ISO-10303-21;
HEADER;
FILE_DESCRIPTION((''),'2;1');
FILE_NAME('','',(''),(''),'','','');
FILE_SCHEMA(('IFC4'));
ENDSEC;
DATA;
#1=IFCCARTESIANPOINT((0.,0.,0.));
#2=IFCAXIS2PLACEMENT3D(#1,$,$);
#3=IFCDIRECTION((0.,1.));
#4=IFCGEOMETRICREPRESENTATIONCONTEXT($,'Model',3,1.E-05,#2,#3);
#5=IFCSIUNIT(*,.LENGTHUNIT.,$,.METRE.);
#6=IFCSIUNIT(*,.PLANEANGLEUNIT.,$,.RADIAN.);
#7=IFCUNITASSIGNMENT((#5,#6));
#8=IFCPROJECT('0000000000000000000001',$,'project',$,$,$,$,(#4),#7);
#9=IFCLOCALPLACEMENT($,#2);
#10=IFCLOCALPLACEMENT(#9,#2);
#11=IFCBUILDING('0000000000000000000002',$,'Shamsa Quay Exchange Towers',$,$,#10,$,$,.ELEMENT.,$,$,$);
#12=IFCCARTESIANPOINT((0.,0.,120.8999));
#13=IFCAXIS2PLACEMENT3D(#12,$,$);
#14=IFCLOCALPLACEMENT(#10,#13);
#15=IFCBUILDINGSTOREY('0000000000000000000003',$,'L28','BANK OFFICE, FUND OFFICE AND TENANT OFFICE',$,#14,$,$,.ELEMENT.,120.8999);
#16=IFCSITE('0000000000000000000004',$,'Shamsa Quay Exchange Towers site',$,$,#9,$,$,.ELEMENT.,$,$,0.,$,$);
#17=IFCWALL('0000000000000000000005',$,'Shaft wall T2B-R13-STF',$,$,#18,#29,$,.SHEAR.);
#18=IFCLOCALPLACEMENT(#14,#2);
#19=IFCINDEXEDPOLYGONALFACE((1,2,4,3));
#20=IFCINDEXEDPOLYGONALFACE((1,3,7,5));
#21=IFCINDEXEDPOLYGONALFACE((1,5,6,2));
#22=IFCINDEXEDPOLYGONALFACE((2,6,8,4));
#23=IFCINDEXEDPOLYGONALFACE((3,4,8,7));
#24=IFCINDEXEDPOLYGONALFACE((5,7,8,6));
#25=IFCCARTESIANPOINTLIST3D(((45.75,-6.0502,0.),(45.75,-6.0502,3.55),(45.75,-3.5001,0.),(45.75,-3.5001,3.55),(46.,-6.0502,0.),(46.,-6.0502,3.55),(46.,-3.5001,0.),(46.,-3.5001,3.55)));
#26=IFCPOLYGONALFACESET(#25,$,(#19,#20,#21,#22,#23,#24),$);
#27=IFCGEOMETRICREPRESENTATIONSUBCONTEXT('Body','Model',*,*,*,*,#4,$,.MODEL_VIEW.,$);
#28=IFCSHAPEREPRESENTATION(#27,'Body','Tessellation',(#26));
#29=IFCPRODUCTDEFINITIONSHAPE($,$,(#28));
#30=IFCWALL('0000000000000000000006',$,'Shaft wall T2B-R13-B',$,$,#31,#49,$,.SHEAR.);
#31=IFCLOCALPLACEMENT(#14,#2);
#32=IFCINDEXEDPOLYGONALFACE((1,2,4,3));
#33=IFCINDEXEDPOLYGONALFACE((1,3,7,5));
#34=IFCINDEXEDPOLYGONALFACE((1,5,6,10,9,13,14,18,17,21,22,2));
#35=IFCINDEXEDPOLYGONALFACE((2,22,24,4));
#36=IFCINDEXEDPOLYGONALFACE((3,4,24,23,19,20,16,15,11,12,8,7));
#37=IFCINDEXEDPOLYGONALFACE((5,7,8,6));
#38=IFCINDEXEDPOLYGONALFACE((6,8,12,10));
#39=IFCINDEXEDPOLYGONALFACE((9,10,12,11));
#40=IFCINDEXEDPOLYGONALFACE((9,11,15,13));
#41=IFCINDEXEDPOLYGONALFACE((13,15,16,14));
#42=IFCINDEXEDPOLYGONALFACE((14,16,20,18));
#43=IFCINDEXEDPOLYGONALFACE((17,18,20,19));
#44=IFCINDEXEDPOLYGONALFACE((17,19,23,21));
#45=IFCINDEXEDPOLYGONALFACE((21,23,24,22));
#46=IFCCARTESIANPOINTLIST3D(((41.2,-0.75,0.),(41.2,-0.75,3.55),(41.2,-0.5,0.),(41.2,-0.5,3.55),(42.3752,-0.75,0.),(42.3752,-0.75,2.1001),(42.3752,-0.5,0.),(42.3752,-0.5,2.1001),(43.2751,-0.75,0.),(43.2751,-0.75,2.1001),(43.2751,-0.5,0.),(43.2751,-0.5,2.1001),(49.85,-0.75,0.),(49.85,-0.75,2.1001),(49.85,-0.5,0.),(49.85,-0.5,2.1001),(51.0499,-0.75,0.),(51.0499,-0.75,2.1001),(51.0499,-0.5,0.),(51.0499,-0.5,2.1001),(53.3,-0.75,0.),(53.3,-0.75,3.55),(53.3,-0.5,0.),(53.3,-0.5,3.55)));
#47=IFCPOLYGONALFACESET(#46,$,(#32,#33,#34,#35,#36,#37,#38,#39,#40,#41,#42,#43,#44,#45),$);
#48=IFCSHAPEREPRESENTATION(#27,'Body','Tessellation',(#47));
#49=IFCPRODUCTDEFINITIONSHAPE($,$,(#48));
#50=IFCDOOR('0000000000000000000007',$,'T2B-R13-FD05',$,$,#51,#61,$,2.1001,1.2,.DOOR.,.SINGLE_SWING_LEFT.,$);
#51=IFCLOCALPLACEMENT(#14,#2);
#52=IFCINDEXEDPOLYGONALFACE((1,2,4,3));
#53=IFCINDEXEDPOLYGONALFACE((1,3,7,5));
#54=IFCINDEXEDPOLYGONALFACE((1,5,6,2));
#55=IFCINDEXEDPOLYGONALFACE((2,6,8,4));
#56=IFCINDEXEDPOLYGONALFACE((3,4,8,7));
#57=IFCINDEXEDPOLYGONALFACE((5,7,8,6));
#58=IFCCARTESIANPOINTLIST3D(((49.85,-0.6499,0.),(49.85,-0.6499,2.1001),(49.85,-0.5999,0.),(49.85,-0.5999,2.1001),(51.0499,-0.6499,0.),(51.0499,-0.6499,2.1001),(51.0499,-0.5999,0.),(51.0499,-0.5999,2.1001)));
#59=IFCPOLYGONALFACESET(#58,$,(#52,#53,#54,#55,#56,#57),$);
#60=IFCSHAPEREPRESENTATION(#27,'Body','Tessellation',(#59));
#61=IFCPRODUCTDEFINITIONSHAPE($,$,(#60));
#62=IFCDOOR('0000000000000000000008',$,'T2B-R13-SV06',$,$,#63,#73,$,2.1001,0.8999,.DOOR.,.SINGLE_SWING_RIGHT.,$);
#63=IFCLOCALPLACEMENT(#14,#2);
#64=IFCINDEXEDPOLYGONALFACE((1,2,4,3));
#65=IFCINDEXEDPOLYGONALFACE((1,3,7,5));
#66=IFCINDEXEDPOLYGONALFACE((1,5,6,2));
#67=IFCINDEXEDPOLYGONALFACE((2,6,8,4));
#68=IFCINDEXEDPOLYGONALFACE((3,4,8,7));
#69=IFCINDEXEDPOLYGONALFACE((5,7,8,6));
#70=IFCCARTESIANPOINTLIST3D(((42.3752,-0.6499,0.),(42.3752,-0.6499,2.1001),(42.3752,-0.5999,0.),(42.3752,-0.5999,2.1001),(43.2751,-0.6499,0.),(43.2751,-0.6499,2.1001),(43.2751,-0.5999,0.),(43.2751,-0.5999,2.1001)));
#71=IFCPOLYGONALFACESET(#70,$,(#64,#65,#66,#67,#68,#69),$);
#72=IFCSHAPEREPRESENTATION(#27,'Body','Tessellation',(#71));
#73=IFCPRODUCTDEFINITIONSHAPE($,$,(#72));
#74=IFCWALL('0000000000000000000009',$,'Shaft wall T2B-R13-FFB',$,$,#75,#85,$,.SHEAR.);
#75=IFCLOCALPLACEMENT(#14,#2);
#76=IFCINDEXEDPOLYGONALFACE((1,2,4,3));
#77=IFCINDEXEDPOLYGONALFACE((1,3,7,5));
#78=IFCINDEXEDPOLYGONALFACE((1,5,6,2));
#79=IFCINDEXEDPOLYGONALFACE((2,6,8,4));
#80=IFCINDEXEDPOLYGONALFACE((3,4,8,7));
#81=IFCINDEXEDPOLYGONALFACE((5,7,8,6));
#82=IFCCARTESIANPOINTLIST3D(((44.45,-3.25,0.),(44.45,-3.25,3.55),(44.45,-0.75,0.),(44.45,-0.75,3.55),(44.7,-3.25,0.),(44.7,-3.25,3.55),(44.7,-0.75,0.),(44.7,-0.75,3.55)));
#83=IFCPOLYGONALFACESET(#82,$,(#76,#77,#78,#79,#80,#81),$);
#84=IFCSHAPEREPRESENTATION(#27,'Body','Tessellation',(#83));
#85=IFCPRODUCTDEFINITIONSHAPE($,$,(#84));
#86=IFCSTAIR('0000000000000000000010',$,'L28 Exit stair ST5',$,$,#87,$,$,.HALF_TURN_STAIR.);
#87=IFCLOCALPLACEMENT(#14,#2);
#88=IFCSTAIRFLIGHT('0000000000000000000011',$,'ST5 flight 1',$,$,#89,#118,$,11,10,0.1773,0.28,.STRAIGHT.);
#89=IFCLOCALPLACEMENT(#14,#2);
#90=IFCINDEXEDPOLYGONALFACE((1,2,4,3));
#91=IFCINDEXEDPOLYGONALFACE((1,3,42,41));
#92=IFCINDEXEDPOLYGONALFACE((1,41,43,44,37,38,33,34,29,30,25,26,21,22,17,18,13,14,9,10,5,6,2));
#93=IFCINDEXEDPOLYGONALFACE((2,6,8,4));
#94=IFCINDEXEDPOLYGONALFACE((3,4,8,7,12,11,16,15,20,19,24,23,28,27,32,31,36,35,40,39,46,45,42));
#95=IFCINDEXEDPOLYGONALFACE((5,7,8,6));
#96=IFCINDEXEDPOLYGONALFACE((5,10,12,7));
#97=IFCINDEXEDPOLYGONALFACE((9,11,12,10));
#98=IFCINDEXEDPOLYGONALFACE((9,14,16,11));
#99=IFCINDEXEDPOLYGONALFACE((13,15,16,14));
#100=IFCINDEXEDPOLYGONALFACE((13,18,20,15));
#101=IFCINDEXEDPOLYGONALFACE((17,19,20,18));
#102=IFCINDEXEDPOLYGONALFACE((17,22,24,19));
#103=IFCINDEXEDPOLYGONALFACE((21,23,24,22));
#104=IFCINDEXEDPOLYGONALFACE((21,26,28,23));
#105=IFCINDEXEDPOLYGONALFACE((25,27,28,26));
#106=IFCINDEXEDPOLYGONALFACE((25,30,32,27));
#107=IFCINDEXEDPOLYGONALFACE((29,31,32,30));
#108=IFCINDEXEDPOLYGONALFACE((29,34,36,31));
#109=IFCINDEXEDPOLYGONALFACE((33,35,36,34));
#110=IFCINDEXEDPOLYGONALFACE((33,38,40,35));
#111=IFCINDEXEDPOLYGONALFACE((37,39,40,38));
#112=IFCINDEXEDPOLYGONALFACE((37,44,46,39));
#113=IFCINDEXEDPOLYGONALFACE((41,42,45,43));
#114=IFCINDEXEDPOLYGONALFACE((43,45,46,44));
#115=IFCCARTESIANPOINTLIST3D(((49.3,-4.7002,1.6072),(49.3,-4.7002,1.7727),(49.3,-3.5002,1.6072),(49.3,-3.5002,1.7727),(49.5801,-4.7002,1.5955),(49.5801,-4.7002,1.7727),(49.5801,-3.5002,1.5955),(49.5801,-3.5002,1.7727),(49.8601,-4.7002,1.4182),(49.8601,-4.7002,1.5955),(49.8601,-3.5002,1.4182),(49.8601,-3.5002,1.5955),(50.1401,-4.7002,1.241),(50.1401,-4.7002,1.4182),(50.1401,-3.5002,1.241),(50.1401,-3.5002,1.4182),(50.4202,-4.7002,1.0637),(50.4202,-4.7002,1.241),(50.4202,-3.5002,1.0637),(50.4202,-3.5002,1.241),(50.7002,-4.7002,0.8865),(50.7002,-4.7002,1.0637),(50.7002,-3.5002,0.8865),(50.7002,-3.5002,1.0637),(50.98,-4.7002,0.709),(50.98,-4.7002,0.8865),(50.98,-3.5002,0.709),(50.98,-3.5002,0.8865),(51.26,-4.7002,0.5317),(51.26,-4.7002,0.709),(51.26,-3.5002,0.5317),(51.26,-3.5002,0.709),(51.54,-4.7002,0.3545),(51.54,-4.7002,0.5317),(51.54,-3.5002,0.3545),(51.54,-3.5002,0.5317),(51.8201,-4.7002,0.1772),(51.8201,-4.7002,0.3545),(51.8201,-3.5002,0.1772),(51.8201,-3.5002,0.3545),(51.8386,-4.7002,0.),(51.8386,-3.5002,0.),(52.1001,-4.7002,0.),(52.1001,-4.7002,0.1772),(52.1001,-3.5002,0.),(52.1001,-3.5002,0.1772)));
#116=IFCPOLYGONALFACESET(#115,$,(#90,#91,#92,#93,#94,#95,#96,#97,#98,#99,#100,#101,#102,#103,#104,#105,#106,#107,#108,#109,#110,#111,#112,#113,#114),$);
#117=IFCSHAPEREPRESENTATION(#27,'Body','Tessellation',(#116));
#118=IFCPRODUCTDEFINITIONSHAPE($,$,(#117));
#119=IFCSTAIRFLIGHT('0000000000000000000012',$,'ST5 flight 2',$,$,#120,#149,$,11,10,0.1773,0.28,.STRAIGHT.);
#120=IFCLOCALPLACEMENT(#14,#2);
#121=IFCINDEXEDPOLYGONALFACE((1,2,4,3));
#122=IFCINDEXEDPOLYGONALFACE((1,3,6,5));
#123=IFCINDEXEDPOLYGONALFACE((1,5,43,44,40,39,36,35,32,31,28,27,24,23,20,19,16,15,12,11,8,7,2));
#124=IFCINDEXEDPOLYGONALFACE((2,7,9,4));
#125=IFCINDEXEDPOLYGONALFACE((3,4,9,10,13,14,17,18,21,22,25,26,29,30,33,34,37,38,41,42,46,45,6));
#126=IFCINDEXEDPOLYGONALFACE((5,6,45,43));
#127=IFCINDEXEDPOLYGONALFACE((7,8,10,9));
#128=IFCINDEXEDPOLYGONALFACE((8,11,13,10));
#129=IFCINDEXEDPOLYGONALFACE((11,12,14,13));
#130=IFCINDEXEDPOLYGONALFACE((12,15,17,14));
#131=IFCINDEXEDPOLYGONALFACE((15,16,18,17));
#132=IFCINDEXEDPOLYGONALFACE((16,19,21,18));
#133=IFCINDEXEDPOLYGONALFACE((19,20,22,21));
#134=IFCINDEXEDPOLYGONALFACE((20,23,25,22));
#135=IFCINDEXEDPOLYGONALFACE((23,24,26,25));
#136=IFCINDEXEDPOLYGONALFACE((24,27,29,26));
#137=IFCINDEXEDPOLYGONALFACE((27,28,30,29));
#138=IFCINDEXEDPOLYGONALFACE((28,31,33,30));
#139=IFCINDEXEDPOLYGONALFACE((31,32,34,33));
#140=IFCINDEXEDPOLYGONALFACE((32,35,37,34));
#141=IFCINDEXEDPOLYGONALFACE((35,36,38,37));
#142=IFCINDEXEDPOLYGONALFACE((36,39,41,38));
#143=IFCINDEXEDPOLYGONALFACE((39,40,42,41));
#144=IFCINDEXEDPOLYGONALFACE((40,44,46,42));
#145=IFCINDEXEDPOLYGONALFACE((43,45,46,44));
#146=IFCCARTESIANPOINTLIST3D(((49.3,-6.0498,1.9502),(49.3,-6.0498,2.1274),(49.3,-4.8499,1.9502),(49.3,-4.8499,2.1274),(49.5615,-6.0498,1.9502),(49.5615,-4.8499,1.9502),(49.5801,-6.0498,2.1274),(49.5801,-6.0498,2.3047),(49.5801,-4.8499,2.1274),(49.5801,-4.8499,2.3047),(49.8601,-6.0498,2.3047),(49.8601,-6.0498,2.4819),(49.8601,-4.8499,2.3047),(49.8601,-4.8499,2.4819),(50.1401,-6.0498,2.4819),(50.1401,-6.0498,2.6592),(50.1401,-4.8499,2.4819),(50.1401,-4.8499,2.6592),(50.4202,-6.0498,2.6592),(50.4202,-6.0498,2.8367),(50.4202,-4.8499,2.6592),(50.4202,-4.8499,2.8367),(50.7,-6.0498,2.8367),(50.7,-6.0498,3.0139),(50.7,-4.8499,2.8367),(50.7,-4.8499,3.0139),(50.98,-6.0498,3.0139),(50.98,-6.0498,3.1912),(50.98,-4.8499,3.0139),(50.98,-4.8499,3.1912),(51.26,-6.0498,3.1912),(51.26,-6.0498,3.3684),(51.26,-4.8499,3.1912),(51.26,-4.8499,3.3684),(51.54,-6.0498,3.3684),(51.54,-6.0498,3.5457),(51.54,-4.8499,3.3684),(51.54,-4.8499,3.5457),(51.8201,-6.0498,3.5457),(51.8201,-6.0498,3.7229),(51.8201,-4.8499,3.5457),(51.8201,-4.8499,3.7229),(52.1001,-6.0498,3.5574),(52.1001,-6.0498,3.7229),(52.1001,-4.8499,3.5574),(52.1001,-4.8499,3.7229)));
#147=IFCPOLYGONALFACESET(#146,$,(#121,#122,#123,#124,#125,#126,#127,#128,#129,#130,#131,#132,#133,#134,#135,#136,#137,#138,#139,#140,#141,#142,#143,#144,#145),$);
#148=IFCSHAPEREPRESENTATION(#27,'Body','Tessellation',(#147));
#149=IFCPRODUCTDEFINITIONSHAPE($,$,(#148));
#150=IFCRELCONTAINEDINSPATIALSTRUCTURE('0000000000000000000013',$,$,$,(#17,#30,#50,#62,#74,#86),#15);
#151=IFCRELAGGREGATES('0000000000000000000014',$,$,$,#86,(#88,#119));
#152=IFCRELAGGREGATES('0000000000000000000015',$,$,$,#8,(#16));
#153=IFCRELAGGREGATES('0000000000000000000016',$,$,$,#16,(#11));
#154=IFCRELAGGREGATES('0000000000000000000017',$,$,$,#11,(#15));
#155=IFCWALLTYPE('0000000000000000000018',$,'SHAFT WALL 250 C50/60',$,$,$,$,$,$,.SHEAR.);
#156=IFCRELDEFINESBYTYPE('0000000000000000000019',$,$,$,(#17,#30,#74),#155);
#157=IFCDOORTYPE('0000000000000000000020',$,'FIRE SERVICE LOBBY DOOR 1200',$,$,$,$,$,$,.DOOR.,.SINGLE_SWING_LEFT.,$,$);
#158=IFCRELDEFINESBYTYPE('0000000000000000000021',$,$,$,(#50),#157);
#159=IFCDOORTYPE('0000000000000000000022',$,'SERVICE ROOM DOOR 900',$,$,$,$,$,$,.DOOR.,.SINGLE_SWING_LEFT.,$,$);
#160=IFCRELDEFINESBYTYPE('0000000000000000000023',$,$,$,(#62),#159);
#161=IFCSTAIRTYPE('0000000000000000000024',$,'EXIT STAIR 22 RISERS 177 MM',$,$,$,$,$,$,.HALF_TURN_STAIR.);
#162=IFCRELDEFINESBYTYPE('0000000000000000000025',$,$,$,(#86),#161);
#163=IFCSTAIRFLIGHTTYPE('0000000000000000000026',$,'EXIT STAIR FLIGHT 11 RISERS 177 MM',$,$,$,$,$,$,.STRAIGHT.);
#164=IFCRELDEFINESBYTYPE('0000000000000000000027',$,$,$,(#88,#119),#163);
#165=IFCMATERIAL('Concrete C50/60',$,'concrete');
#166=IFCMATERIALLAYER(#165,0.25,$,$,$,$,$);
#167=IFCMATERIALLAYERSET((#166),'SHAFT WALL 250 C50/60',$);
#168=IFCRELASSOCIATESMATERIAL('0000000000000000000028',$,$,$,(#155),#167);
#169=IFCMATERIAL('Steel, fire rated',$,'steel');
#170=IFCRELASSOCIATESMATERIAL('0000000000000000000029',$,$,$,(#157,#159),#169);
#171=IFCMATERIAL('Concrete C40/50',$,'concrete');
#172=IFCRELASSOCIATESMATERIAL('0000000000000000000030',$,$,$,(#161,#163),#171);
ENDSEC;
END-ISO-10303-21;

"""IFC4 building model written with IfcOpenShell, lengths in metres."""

from ifc_helpers import new_model, si_unit, direction, frame, frame_2d, origin, place, context, subcontext, project, spatial, polyline, rectangle, outline, extrude, material, layer, layer_set, type_object, element, fill, aggregate, save


model = new_model("IFC4")

# Units and contexts
model_context = context("Model", 3, precision=1e-05, world=origin(), true_north=direction((0.0, 1.0)))
body_context = subcontext(model_context, "Body", "Model", "MODEL_VIEW")
ifc_project = project(units=[si_unit("LENGTHUNIT", "METRE"), si_unit("PLANEANGLEUNIT", "RADIAN")], contexts=[model_context])

# Site, building, storey
site_placement = place(None, origin())
site = spatial("IfcSite", under=ifc_project, at=site_placement, Name="Shamsa Quay Exchange Towers site", CompositionType="ELEMENT", RefElevation=0.0)
building_placement = place(site_placement, origin())
building = spatial("IfcBuilding", under=site, at=building_placement, Name="Shamsa Quay Exchange Towers", CompositionType="ELEMENT")
storey_placement = place(building_placement, frame((0.0, 0.0, 120.8999)))
storey = spatial("IfcBuildingStorey", under=building, at=storey_placement, Name="L28", Description="BANK OFFICE, FUND OFFICE AND TENANT OFFICE", CompositionType="ELEMENT", Elevation=120.8999)

# Shared definitions
ifc_material_1 = material(Name="Steel, fire rated", Category="steel")
ifc_material_2 = material(Name="Concrete C50/60", Category="concrete")
ifc_layer_1 = layer(ifc_material_2, 0.25)
ifc_layer_set_1 = layer_set([ifc_layer_1], Name="SHAFT WALL 250 C50/60")
wall_type_1 = type_object("IfcWallType", Name="SHAFT WALL 250 C50/60", PredefinedType="SHEAR", material=ifc_layer_set_1)

# Wall
wall_1_placement = place(storey_placement, frame((45.875, -6.05, 0.0), z_axis=(0.0, 0.0, 1.0), x_axis=(0.0, 1.0, 0.0)))
element("IfcWall", 1, at=wall_1_placement, inside=storey, type_object=wall_type_1, Name="Shaft wall T2B-R13-STF", PredefinedType="SHEAR", context=body_context, shape_type="SweptSolid", body=[
    extrude(rectangle(XDim=2.55, YDim=0.25, at=frame_2d((1.2749, 0.0))), origin(), (0.0, 0.0, 1.0), 3.55),
])

# Wall, openings, doors
wall_2_placement = place(storey_placement, frame((53.3, -0.625, 0.0), z_axis=(0.0, 0.0, 1.0), x_axis=(-1.0, 0.0, 0.0)))
wall_2 = element("IfcWall", 2, at=wall_2_placement, inside=storey, type_object=wall_type_1, Name="Shaft wall T2B-R13-B", PredefinedType="SHEAR", context=body_context, shape_type="SweptSolid", body=[
    extrude(rectangle(XDim=12.1001, YDim=0.25, at=frame_2d((6.05, 0.0))), origin(), (0.0, 0.0, 1.0), 3.55),
])
opening_1_placement = place(wall_2_placement, frame((2.25, 0.0, 0.0)))
opening_1 = element("IfcOpeningElement", 3, at=opening_1_placement, cuts=wall_2, PredefinedType="OPENING", context=body_context, shape_type="SweptSolid", body=[
    extrude(rectangle(XDim=1.2, YDim=2.1001, at=frame_2d((0.6001, 1.05))), frame((0.0, 0.135, 0.0), z_axis=(0.0, -1.0, 0.0), x_axis=(1.0, 0.0, 0.0)), (0.0, 0.0, 1.0), 0.27),
])
opening_2_placement = place(wall_2_placement, frame((10.0249, 0.0, 0.0)))
opening_2 = element("IfcOpeningElement", 4, at=opening_2_placement, cuts=wall_2, PredefinedType="OPENING", context=body_context, shape_type="SweptSolid", body=[
    extrude(rectangle(XDim=0.8999, YDim=2.1001, at=frame_2d((0.45, 1.05))), frame((0.0, 0.135, 0.0), z_axis=(0.0, -1.0, 0.0), x_axis=(1.0, 0.0, 0.0)), (0.0, 0.0, 1.0), 0.27),
])
door_type_1 = type_object("IfcDoorType", Name="FIRE SERVICE LOBBY DOOR 1200", OperationType="SINGLE_SWING_LEFT", PredefinedType="DOOR", material=ifc_material_1)
door_1_placement = place(opening_1_placement, origin())
door_1 = element("IfcDoor", 5, at=door_1_placement, inside=storey, type_object=door_type_1, Name="T2B-R13-FD05", OperationType="SINGLE_SWING_LEFT", OverallHeight=2.1001, OverallWidth=1.2, PredefinedType="DOOR", context=body_context, shape_type="SweptSolid", body=[
    extrude(rectangle(XDim=1.2, YDim=2.1001, at=frame_2d((0.6001, 1.05))), frame((0.0, 0.0249, 0.0), z_axis=(0.0, -1.0, 0.0), x_axis=(1.0, 0.0, 0.0)), (0.0, 0.0, 1.0), 0.05),
])
fill(opening_1, door_1)
door_type_2 = type_object("IfcDoorType", Name="SERVICE ROOM DOOR 900", OperationType="SINGLE_SWING_LEFT", PredefinedType="DOOR", material=ifc_material_1)
door_2_placement = place(opening_2_placement, origin())
door_2 = element("IfcDoor", 6, at=door_2_placement, inside=storey, type_object=door_type_2, Name="T2B-R13-SV06", OperationType="SINGLE_SWING_RIGHT", OverallHeight=2.1001, OverallWidth=0.8999, PredefinedType="DOOR", context=body_context, shape_type="SweptSolid", body=[
    extrude(rectangle(XDim=0.8999, YDim=2.1001, at=frame_2d((0.45, 1.05))), frame((0.0, 0.0249, 0.0), z_axis=(0.0, -1.0, 0.0), x_axis=(1.0, 0.0, 0.0)), (0.0, 0.0, 1.0), 0.05),
])
fill(opening_2, door_2)

# Wall
wall_3_placement = place(storey_placement, frame((44.575, -3.25, 0.0), z_axis=(0.0, 0.0, 1.0), x_axis=(0.0, 1.0, 0.0)))
element("IfcWall", 7, at=wall_3_placement, inside=storey, type_object=wall_type_1, Name="Shaft wall T2B-R13-FFB", PredefinedType="SHEAR", context=body_context, shape_type="SweptSolid", body=[
    extrude(rectangle(XDim=2.5, YDim=0.25, at=frame_2d((1.25, 0.0))), origin(), (0.0, 0.0, 1.0), 3.55),
])

# Stair, stair flights
ifc_material_3 = material(Name="Concrete C40/50", Category="concrete")
stair_type = type_object("IfcStairType", Name="EXIT STAIR 22 RISERS 177 MM", PredefinedType="HALF_TURN_STAIR", material=ifc_material_3)
stair_placement = place(storey_placement, origin())
stair = element("IfcStair", 8, at=stair_placement, inside=storey, type_object=stair_type, Name="L28 Exit stair ST5", PredefinedType="HALF_TURN_STAIR")
stair_flight_type = type_object("IfcStairFlightType", Name="EXIT STAIR FLIGHT 11 RISERS 177 MM", PredefinedType="STRAIGHT", material=ifc_material_3)
stair_flight_1_placement = place(storey_placement, frame((52.1001, -4.1001, 0.0), z_axis=(0.0, 0.0, 1.0), x_axis=(-1.0, 0.0, 0.0)))
stair_flight_1 = element("IfcStairFlight", 9, at=stair_flight_1_placement, type_object=stair_flight_type, Name="ST5 flight 1", NumberOfRisers=11, NumberOfTreads=10, PredefinedType="STRAIGHT", RiserHeight=0.1773, TreadLength=0.28, context=body_context, shape_type="SweptSolid", body=[
    extrude(outline(polyline([(0.0, 0.0), (0.0, 0.1772), (0.28, 0.1772), (0.28, 0.3545), (0.5601, 0.3545), (0.5601, 0.5317), (0.8401, 0.5317), (0.8401, 0.709), (1.1201, 0.709), (1.1201, 0.8865), (1.3999, 0.8865), (1.3999, 1.0637), (1.6799, 1.0637), (1.6799, 1.241), (1.96, 1.241), (1.96, 1.4182), (2.24, 1.4182), (2.24, 1.5955), (2.52, 1.5955), (2.52, 1.7727), (2.8, 1.7727), (2.8, 1.95), (2.8, 1.6072), (0.2615, 0.0), (0.0, 0.0)])), frame((0.0, 0.6001, 0.0), z_axis=(0.0, -1.0, 0.0), x_axis=(1.0, 0.0, 0.0)), (0.0, 0.0, 1.0), 1.2),
])
stair_flight_2_placement = place(storey_placement, frame((49.3, -5.45, 1.9502)))
stair_flight_2 = element("IfcStairFlight", 10, at=stair_flight_2_placement, type_object=stair_flight_type, Name="ST5 flight 2", NumberOfRisers=11, NumberOfTreads=10, PredefinedType="STRAIGHT", RiserHeight=0.1773, TreadLength=0.28, context=body_context, shape_type="SweptSolid", body=[
    extrude(outline(polyline([(0.0, 0.0), (0.0, 0.1772), (0.28, 0.1772), (0.28, 0.3545), (0.5601, 0.3545), (0.5601, 0.5317), (0.8401, 0.5317), (0.8401, 0.709), (1.1201, 0.709), (1.1201, 0.8865), (1.3999, 0.8865), (1.3999, 1.0637), (1.6799, 1.0637), (1.6799, 1.241), (1.96, 1.241), (1.96, 1.4182), (2.24, 1.4182), (2.24, 1.5955), (2.52, 1.5955), (2.52, 1.7727), (2.8, 1.7727), (2.8, 1.95), (2.8, 1.6072), (0.2615, 0.0), (0.0, 0.0)])), frame((0.0, 0.6001, 0.0), z_axis=(0.0, -1.0, 0.0), x_axis=(1.0, 0.0, 0.0)), (0.0, 0.0, 1.0), 1.2),
])
aggregate(stair, [stair_flight_1, stair_flight_2])

save(model, "model.ifc")
